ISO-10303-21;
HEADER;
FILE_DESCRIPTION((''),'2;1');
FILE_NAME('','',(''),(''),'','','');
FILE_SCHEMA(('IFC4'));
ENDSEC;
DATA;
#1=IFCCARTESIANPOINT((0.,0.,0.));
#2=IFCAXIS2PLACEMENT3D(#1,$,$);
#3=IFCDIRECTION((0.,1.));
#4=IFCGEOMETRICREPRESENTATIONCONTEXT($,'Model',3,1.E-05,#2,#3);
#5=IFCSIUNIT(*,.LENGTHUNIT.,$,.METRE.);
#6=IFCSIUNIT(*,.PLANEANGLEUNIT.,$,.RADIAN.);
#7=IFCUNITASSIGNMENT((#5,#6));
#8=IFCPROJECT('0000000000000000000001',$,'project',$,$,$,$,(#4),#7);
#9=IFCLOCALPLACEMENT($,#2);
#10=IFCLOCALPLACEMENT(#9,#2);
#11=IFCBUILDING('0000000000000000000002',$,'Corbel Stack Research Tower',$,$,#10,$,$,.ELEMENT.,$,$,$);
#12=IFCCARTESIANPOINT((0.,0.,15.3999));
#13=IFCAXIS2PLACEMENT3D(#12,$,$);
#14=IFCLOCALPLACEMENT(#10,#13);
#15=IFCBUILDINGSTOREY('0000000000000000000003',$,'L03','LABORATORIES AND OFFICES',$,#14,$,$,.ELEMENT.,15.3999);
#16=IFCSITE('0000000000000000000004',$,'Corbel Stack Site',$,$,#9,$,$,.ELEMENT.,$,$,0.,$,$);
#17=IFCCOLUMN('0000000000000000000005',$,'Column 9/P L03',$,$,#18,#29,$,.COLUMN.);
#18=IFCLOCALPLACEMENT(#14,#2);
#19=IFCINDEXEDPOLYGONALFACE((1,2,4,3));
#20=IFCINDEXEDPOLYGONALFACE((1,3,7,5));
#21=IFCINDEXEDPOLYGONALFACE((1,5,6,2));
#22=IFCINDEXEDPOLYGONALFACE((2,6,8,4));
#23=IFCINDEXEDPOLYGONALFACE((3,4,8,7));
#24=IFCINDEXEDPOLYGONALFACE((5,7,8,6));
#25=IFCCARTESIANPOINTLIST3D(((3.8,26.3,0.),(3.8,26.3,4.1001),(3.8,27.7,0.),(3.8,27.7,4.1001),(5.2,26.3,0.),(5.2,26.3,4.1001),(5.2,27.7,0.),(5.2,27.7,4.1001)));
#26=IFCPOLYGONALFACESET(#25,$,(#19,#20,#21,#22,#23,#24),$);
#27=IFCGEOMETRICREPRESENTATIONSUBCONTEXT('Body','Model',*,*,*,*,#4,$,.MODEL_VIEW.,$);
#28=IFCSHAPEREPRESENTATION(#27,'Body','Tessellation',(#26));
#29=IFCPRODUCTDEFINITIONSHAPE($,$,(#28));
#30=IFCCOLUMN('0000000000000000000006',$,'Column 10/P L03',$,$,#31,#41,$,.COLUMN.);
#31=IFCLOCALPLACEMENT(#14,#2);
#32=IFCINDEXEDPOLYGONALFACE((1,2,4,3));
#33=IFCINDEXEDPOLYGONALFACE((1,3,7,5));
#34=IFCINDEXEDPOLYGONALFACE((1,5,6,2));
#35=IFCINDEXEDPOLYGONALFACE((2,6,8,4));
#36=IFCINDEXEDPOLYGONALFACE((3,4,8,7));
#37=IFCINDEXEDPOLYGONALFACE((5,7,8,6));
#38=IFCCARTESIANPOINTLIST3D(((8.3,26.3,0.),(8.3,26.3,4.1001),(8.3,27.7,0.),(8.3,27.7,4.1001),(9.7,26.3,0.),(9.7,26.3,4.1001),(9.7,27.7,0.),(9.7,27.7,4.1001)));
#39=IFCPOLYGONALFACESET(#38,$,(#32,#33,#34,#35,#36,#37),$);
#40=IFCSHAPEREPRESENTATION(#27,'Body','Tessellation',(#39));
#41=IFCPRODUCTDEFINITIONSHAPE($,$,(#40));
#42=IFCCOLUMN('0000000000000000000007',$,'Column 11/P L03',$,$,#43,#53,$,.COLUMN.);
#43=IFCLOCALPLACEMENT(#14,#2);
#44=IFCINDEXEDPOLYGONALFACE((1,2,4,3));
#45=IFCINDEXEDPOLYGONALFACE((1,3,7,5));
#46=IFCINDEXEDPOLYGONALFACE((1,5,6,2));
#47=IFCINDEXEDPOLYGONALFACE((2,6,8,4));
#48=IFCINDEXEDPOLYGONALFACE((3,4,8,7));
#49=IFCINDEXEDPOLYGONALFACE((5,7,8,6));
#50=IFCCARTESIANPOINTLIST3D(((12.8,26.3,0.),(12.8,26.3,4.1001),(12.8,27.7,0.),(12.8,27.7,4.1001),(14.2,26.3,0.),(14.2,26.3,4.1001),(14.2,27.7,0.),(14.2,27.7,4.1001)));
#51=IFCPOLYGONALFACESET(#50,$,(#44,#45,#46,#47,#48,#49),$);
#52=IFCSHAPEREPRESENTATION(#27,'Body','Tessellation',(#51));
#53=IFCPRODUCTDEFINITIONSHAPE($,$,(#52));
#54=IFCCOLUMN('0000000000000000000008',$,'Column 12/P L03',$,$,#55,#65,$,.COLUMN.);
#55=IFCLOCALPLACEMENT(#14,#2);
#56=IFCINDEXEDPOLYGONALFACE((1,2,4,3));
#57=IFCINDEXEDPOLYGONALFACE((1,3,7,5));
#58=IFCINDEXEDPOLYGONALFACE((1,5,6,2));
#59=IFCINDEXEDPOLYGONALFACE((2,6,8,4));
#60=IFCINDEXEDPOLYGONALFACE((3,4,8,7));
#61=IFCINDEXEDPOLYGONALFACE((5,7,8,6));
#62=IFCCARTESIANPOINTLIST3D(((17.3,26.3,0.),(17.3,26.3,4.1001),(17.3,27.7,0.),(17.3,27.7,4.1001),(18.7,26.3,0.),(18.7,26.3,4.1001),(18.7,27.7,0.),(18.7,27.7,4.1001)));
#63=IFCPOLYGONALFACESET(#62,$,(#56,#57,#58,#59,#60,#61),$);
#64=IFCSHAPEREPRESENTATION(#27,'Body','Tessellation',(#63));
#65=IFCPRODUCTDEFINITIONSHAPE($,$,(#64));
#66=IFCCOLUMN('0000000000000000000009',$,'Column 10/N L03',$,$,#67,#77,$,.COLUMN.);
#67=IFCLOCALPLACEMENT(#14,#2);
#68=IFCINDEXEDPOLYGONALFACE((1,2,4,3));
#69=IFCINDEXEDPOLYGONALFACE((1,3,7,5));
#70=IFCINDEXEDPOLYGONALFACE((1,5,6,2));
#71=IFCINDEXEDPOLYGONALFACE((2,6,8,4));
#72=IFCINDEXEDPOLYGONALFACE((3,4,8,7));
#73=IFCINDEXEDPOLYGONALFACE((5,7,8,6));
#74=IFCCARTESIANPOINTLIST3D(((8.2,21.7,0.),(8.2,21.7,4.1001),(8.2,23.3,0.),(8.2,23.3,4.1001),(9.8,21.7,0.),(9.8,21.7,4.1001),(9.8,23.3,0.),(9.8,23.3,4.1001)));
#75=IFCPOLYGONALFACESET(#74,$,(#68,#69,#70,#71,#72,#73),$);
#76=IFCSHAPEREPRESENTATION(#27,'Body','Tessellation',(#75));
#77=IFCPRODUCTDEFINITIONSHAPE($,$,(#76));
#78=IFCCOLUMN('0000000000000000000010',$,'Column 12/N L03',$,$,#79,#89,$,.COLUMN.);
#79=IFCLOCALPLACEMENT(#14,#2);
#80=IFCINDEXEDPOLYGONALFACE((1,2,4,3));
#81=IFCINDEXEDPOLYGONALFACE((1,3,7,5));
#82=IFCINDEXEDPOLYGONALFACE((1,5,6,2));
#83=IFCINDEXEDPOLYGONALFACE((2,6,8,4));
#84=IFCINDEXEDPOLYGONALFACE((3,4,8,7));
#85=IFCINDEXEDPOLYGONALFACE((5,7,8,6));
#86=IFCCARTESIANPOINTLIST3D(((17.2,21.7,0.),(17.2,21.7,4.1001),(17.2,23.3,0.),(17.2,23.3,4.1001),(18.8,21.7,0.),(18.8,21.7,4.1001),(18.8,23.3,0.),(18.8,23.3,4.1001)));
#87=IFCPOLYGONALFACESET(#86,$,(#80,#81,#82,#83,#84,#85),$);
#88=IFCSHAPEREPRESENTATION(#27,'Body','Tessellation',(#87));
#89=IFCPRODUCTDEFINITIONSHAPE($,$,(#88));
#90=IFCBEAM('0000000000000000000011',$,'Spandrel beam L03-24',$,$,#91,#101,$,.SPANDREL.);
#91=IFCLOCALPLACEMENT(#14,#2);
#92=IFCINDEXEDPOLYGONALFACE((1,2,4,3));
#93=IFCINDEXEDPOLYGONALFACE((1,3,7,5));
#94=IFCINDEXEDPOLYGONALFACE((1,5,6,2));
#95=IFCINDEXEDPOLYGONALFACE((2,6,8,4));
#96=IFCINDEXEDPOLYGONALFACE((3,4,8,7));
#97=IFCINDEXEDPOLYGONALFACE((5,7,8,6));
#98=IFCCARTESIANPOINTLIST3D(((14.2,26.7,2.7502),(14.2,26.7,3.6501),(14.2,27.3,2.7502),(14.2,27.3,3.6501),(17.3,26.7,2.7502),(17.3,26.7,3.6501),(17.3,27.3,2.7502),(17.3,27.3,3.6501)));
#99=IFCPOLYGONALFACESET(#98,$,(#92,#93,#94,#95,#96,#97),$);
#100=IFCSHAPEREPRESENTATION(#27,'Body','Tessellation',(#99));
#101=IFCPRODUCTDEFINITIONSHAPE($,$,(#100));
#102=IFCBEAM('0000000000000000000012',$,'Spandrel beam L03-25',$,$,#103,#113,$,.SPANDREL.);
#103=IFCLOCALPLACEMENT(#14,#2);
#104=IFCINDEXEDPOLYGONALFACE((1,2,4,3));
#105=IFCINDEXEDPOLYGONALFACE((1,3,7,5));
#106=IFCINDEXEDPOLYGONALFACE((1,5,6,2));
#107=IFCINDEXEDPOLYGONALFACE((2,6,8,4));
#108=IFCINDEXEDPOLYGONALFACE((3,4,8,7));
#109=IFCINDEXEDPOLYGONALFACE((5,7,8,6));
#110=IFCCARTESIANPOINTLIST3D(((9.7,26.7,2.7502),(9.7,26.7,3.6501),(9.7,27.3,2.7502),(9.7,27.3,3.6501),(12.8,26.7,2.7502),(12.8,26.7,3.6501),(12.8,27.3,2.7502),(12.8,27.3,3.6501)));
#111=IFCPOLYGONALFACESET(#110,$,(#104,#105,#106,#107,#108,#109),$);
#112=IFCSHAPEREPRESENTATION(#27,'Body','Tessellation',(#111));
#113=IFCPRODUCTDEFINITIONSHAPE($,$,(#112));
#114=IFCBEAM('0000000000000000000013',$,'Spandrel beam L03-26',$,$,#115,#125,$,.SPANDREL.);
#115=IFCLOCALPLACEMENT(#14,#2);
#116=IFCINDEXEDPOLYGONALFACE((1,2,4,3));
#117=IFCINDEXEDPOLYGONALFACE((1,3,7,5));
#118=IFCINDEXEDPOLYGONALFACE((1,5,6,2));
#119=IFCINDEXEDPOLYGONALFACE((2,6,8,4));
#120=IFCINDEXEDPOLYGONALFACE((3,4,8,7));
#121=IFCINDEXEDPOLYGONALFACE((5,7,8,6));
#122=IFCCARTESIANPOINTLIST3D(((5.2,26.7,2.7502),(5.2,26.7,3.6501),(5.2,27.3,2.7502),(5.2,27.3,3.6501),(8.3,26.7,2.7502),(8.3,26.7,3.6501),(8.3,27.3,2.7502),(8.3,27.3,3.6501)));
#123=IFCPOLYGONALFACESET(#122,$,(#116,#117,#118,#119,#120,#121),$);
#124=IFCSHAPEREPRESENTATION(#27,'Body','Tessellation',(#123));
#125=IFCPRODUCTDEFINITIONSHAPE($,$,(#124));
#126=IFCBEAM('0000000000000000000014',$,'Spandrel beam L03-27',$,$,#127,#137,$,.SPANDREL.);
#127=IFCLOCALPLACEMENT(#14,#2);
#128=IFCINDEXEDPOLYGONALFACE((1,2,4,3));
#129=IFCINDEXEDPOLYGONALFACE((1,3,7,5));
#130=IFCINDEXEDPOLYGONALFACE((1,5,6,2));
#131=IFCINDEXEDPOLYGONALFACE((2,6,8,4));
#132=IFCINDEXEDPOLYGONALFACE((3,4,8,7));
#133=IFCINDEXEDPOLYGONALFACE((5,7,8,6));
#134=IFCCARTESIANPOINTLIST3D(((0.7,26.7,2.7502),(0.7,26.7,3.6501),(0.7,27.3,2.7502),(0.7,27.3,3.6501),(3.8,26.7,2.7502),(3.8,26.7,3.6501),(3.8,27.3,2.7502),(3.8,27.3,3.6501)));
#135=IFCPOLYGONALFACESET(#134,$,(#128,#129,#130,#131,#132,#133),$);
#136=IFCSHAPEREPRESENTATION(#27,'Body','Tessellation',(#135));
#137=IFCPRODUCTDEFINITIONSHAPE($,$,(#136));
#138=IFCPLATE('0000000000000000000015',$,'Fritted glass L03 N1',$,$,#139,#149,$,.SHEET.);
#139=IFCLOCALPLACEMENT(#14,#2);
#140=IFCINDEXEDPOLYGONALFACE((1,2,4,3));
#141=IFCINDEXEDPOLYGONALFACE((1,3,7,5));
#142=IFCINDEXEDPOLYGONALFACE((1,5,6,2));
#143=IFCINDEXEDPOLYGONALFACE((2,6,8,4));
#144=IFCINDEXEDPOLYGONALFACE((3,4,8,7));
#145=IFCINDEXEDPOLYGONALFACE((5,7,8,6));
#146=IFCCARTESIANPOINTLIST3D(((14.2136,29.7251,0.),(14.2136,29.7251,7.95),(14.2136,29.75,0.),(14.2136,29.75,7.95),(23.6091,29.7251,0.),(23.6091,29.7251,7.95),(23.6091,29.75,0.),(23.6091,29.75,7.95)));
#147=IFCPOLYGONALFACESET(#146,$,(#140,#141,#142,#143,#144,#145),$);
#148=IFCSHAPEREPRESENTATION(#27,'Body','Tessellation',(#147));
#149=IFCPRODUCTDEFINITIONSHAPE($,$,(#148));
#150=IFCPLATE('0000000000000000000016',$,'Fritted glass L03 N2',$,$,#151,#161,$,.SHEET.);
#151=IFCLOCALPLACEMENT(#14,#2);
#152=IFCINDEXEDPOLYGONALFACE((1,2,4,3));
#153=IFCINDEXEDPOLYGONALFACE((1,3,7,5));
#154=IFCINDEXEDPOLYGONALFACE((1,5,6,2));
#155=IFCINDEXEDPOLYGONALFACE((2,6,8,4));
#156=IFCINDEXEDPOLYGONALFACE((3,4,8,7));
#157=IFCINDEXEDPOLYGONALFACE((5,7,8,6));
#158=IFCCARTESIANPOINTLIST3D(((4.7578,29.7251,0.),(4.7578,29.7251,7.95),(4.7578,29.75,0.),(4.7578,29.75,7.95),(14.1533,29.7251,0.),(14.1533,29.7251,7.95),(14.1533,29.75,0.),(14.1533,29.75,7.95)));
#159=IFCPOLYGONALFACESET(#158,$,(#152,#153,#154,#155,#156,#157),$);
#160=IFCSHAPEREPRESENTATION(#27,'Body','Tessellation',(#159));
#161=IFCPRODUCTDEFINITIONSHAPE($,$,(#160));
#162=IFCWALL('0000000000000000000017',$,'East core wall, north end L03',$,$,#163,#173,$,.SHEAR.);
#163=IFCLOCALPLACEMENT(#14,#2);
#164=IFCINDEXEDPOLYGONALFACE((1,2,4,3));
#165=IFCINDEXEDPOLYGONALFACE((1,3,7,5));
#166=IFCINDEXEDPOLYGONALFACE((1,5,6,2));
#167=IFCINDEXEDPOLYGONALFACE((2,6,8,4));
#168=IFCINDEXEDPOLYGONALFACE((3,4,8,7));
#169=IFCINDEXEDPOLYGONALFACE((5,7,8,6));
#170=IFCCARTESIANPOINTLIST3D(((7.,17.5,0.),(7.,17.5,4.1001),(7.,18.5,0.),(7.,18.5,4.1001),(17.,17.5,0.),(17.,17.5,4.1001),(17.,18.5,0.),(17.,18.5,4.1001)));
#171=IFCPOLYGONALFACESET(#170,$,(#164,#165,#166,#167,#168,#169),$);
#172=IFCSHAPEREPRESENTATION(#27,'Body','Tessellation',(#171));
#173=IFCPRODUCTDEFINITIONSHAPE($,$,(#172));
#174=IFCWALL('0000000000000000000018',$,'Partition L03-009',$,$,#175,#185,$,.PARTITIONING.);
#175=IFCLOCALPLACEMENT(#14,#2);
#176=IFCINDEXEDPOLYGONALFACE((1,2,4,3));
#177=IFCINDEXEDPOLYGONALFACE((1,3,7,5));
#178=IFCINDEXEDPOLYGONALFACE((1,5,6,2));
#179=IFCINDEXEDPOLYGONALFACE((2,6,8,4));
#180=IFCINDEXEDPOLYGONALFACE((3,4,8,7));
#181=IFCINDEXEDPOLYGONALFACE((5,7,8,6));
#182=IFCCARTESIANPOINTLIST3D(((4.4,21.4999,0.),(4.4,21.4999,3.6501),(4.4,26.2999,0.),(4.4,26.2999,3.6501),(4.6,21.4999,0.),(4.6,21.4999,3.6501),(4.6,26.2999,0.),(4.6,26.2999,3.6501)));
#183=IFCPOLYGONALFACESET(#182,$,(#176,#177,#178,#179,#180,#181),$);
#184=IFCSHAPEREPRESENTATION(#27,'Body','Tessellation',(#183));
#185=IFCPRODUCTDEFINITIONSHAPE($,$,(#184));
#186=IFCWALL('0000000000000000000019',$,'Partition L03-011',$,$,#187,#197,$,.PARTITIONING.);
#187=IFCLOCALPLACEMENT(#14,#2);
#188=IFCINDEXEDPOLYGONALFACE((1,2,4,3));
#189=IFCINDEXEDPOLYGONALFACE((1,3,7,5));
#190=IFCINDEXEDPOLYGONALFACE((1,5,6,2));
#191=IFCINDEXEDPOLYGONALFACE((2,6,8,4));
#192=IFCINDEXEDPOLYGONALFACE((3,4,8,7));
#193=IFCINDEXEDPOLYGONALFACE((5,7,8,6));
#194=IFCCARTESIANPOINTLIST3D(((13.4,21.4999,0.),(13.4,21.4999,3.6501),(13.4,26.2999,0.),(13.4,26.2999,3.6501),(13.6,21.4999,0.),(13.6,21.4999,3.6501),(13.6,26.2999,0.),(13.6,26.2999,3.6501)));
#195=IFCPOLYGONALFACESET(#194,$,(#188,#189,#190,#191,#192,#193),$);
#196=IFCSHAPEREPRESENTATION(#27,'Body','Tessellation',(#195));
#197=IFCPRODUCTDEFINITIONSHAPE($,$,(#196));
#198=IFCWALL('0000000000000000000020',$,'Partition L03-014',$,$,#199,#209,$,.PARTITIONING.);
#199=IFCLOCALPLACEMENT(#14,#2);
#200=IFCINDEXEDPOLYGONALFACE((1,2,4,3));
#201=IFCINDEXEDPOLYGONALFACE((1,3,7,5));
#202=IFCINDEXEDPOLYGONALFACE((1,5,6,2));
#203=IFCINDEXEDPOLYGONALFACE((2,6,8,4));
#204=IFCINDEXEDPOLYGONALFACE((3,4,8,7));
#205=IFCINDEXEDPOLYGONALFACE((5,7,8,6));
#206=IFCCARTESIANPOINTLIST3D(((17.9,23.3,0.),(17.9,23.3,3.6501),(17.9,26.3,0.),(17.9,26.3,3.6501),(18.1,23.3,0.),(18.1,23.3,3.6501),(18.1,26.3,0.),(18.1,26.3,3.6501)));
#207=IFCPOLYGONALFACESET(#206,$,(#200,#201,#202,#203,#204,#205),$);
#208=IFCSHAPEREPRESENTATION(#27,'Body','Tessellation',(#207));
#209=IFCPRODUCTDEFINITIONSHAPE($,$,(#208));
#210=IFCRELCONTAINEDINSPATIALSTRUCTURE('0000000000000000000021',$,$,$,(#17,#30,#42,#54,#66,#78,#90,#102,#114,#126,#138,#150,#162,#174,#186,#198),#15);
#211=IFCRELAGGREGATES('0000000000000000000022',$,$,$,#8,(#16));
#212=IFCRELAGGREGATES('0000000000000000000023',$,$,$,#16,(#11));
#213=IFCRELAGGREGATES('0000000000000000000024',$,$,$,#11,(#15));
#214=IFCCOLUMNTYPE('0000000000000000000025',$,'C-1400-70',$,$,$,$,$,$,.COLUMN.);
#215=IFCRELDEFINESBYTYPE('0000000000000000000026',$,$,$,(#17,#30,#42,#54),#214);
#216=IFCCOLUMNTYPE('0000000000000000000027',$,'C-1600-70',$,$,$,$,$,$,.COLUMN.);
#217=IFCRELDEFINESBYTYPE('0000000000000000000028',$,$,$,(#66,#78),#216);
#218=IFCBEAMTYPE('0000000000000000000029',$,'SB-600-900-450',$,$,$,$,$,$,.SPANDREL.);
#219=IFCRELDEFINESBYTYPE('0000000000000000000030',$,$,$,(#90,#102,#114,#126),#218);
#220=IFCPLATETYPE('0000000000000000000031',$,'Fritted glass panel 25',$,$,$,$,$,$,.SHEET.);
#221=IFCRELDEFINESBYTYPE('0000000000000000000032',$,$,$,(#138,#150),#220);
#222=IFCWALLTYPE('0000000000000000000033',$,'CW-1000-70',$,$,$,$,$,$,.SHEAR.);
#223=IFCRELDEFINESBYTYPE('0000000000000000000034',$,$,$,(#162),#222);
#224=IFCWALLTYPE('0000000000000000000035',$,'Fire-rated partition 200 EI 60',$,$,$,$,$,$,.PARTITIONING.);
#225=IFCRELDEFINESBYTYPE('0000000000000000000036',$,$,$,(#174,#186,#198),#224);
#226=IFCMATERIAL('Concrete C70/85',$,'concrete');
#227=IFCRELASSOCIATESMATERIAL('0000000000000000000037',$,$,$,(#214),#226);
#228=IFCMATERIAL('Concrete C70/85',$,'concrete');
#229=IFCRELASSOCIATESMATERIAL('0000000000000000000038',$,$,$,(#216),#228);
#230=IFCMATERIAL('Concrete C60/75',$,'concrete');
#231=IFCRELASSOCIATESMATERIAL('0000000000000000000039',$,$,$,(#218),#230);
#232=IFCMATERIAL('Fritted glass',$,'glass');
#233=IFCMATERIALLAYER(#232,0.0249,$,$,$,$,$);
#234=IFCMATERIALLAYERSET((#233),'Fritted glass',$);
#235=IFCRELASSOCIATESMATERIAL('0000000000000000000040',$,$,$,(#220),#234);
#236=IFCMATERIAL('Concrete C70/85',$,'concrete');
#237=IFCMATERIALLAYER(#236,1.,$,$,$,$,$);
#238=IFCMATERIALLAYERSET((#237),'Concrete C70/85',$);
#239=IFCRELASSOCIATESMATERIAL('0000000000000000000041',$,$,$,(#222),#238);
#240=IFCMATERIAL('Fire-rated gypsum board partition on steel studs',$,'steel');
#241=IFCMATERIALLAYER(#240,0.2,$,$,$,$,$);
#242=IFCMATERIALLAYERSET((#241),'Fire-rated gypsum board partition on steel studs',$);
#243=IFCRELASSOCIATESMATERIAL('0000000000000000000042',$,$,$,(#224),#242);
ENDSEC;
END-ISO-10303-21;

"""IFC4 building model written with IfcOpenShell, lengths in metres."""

from ifc_helpers import new_model, si_unit, direction, frame, frame_2d, origin, origin_2d, place, context, subcontext, project, spatial, rectangle, extrude, material, layer, layer_set, material_profile, profile_set, type_object, element, save


model = new_model("IFC4")

# Units and contexts
model_context = context("Model", 3, precision=1e-05, world=origin(), true_north=direction((0.0, 1.0)))
body_context = subcontext(model_context, "Body", "Model", "MODEL_VIEW")
ifc_project = project(units=[si_unit("LENGTHUNIT", "METRE"), si_unit("PLANEANGLEUNIT", "RADIAN")], contexts=[model_context])

# Site, building, storey
site_placement = place(None, origin())
site = spatial("IfcSite", under=ifc_project, at=site_placement, Name="Corbel Stack Site", CompositionType="ELEMENT", RefElevation=0.0)
building_placement = place(site_placement, origin())
building = spatial("IfcBuilding", under=site, at=building_placement, Name="Corbel Stack Research Tower", CompositionType="ELEMENT")
storey_placement = place(building_placement, frame((0.0, 0.0, 15.3999)))
storey = spatial("IfcBuildingStorey", under=building, at=storey_placement, Name="L03", Description="LABORATORIES AND OFFICES", CompositionType="ELEMENT", Elevation=15.3999)

# Columns
ifc_material_1 = material(Name="Concrete C70/85", Category="concrete")
ifc_material_profile_1 = material_profile(ifc_material_1, rectangle(XDim=1.3999, YDim=1.3999, at=origin_2d()), Name="RC 1400 x 1400")
ifc_profile_set_1 = profile_set([ifc_material_profile_1], Name="Concrete C70/85")
column_type_1 = type_object("IfcColumnType", Name="C-1400-70", PredefinedType="COLUMN", material=ifc_profile_set_1)
for number, where, z_axis, x_axis, name in (
    (1, (4.5, 27.0, 0.0), (0.0, 0.0, 1.0), (1.0, 0.0, 0.0), "Column 9/P L03"),
    (2, (9.0, 27.0, 0.0), (0.0, 0.0, 1.0), (1.0, 0.0, 0.0), "Column 10/P L03"),
    (3, (13.5, 27.0, 0.0), (0.0, 0.0, 1.0), (1.0, 0.0, 0.0), "Column 11/P L03"),
    (4, (18.0, 27.0, 0.0), (0.0, 0.0, 1.0), (1.0, 0.0, 0.0), "Column 12/P L03"),
):
    element("IfcColumn", number, at=place(storey_placement, frame(where, z_axis=z_axis, x_axis=x_axis)), inside=storey, type_object=column_type_1, Name=name, PredefinedType="COLUMN", context=body_context, shape_type="SweptSolid", body=[
        extrude(rectangle(XDim=1.3999, YDim=1.3999, at=origin_2d()), origin(), (0.0, 0.0, 1.0), 4.1001),
    ])
ifc_material_2 = material(Name="Concrete C70/85", Category="concrete")
ifc_material_profile_2 = material_profile(ifc_material_2, rectangle(XDim=1.6001, YDim=1.6001, at=origin_2d()), Name="RC 1600 x 1600")
ifc_profile_set_2 = profile_set([ifc_material_profile_2], Name="Concrete C70/85")
column_type_2 = type_object("IfcColumnType", Name="C-1600-70", PredefinedType="COLUMN", material=ifc_profile_set_2)
for number, where, z_axis, x_axis, name in (
    (5, (9.0, 22.5, 0.0), (0.0, 0.0, 1.0), (1.0, 0.0, 0.0), "Column 10/N L03"),
    (6, (18.0, 22.5, 0.0), (0.0, 0.0, 1.0), (1.0, 0.0, 0.0), "Column 12/N L03"),
):
    element("IfcColumn", number, at=place(storey_placement, frame(where, z_axis=z_axis, x_axis=x_axis)), inside=storey, type_object=column_type_2, Name=name, PredefinedType="COLUMN", context=body_context, shape_type="SweptSolid", body=[
        extrude(rectangle(XDim=1.6001, YDim=1.6001, at=origin_2d()), origin(), (0.0, 0.0, 1.0), 4.1001),
    ])

# Beams
ifc_material_3 = material(Name="Concrete C60/75", Category="concrete")
ifc_material_profile_3 = material_profile(ifc_material_3, rectangle(XDim=0.6001, YDim=0.8999, at=origin_2d()), Name="RC 600 x 900")
ifc_profile_set_3 = profile_set([ifc_material_profile_3], Name="Concrete C60/75")
beam_type = type_object("IfcBeamType", Name="SB-600-900-450", PredefinedType="SPANDREL", material=ifc_profile_set_3)
for number, where, z_axis, x_axis, name in (
    (7, (17.3, 27.0, 3.2002), (-1.0, 0.0, 0.0), (0.0, -1.0, 0.0), "Spandrel beam L03-24"),
    (8, (12.8, 27.0, 3.2002), (-1.0, 0.0, 0.0), (0.0, -1.0, 0.0), "Spandrel beam L03-25"),
    (9, (8.3, 27.0, 3.2002), (-1.0, 0.0, 0.0), (0.0, -1.0, 0.0), "Spandrel beam L03-26"),
    (10, (3.8, 27.0, 3.2002), (-1.0, 0.0, 0.0), (0.0, -1.0, 0.0), "Spandrel beam L03-27"),
):
    element("IfcBeam", number, at=place(storey_placement, frame(where, z_axis=z_axis, x_axis=x_axis)), inside=storey, type_object=beam_type, Name=name, PredefinedType="SPANDREL", context=body_context, shape_type="SweptSolid", body=[
        extrude(rectangle(XDim=0.6001, YDim=0.8999, at=origin_2d()), origin(), (0.0, 0.0, 1.0), 3.1001),
    ])

# Plates
ifc_material_4 = material(Name="Fritted glass", Category="glass")
ifc_layer_1 = layer(ifc_material_4, 0.0249)
ifc_layer_set_1 = layer_set([ifc_layer_1], Name="Fritted glass")
plate_type = type_object("IfcPlateType", Name="Fritted glass panel 25", PredefinedType="SHEET", material=ifc_layer_set_1)
for number, where, z_axis, x_axis, name in (
    (11, (18.9114, 29.7375, 0.0), (0.0, 0.0, 1.0), (-1.0, 0.0, 0.0), "Fritted glass L03 N1"),
    (12, (9.4556, 29.7375, 0.0), (0.0, 0.0, 1.0), (-1.0, 0.0, 0.0), "Fritted glass L03 N2"),
):
    element("IfcPlate", number, at=place(storey_placement, frame(where, z_axis=z_axis, x_axis=x_axis)), inside=storey, type_object=plate_type, Name=name, PredefinedType="SHEET", context=body_context, shape_type="SweptSolid", body=[
        extrude(rectangle(XDim=9.3955, YDim=0.0249, at=origin_2d()), origin(), (0.0, 0.0, 1.0), 7.95),
    ])

# Walls
ifc_material_5 = material(Name="Concrete C70/85", Category="concrete")
ifc_layer_2 = layer(ifc_material_5, 1.0)
ifc_layer_set_2 = layer_set([ifc_layer_2], Name="Concrete C70/85")
wall_type_1 = type_object("IfcWallType", Name="CW-1000-70", PredefinedType="SHEAR", material=ifc_layer_set_2)
wall_1_placement = place(storey_placement, frame((7.0, 18.0, 0.0), z_axis=(0.0, 0.0, 1.0), x_axis=(1.0, 0.0, 0.0)))
element("IfcWall", 13, at=wall_1_placement, inside=storey, type_object=wall_type_1, Name="East core wall, north end L03", PredefinedType="SHEAR", context=body_context, shape_type="SweptSolid", body=[
    extrude(rectangle(XDim=10.0, YDim=1.0, at=frame_2d((5.0, 0.0))), origin(), (0.0, 0.0, 1.0), 4.1001),
])
ifc_material_6 = material(Name="Fire-rated gypsum board partition on steel studs", Category="steel")
ifc_layer_3 = layer(ifc_material_6, 0.2)
ifc_layer_set_3 = layer_set([ifc_layer_3], Name="Fire-rated gypsum board partition on steel studs")
wall_type_2 = type_object("IfcWallType", Name="Fire-rated partition 200 EI 60", PredefinedType="PARTITIONING", material=ifc_layer_set_3)
for number, where, z_axis, x_axis, name in (
    (14, (4.5, 21.5, 0.0), (0.0, 0.0, 1.0), (0.0, 1.0, 0.0), "Partition L03-009"),
    (15, (13.5, 21.5, 0.0), (0.0, 0.0, 1.0), (0.0, 1.0, 0.0), "Partition L03-011"),
):
    element("IfcWall", number, at=place(storey_placement, frame(where, z_axis=z_axis, x_axis=x_axis)), inside=storey, type_object=wall_type_2, Name=name, PredefinedType="PARTITIONING", context=body_context, shape_type="SweptSolid", body=[
        extrude(rectangle(XDim=4.8, YDim=0.2, at=frame_2d((2.3999, 0.0))), origin(), (0.0, 0.0, 1.0), 3.6501),
    ])
wall_2_placement = place(storey_placement, frame((18.0, 23.3, 0.0), z_axis=(0.0, 0.0, 1.0), x_axis=(0.0, 1.0, 0.0)))
element("IfcWall", 16, at=wall_2_placement, inside=storey, type_object=wall_type_2, Name="Partition L03-014", PredefinedType="PARTITIONING", context=body_context, shape_type="SweptSolid", body=[
    extrude(rectangle(XDim=3.0, YDim=0.2, at=frame_2d((1.5, 0.0))), origin(), (0.0, 0.0, 1.0), 3.6501),
])

save(model, "model.ifc")
